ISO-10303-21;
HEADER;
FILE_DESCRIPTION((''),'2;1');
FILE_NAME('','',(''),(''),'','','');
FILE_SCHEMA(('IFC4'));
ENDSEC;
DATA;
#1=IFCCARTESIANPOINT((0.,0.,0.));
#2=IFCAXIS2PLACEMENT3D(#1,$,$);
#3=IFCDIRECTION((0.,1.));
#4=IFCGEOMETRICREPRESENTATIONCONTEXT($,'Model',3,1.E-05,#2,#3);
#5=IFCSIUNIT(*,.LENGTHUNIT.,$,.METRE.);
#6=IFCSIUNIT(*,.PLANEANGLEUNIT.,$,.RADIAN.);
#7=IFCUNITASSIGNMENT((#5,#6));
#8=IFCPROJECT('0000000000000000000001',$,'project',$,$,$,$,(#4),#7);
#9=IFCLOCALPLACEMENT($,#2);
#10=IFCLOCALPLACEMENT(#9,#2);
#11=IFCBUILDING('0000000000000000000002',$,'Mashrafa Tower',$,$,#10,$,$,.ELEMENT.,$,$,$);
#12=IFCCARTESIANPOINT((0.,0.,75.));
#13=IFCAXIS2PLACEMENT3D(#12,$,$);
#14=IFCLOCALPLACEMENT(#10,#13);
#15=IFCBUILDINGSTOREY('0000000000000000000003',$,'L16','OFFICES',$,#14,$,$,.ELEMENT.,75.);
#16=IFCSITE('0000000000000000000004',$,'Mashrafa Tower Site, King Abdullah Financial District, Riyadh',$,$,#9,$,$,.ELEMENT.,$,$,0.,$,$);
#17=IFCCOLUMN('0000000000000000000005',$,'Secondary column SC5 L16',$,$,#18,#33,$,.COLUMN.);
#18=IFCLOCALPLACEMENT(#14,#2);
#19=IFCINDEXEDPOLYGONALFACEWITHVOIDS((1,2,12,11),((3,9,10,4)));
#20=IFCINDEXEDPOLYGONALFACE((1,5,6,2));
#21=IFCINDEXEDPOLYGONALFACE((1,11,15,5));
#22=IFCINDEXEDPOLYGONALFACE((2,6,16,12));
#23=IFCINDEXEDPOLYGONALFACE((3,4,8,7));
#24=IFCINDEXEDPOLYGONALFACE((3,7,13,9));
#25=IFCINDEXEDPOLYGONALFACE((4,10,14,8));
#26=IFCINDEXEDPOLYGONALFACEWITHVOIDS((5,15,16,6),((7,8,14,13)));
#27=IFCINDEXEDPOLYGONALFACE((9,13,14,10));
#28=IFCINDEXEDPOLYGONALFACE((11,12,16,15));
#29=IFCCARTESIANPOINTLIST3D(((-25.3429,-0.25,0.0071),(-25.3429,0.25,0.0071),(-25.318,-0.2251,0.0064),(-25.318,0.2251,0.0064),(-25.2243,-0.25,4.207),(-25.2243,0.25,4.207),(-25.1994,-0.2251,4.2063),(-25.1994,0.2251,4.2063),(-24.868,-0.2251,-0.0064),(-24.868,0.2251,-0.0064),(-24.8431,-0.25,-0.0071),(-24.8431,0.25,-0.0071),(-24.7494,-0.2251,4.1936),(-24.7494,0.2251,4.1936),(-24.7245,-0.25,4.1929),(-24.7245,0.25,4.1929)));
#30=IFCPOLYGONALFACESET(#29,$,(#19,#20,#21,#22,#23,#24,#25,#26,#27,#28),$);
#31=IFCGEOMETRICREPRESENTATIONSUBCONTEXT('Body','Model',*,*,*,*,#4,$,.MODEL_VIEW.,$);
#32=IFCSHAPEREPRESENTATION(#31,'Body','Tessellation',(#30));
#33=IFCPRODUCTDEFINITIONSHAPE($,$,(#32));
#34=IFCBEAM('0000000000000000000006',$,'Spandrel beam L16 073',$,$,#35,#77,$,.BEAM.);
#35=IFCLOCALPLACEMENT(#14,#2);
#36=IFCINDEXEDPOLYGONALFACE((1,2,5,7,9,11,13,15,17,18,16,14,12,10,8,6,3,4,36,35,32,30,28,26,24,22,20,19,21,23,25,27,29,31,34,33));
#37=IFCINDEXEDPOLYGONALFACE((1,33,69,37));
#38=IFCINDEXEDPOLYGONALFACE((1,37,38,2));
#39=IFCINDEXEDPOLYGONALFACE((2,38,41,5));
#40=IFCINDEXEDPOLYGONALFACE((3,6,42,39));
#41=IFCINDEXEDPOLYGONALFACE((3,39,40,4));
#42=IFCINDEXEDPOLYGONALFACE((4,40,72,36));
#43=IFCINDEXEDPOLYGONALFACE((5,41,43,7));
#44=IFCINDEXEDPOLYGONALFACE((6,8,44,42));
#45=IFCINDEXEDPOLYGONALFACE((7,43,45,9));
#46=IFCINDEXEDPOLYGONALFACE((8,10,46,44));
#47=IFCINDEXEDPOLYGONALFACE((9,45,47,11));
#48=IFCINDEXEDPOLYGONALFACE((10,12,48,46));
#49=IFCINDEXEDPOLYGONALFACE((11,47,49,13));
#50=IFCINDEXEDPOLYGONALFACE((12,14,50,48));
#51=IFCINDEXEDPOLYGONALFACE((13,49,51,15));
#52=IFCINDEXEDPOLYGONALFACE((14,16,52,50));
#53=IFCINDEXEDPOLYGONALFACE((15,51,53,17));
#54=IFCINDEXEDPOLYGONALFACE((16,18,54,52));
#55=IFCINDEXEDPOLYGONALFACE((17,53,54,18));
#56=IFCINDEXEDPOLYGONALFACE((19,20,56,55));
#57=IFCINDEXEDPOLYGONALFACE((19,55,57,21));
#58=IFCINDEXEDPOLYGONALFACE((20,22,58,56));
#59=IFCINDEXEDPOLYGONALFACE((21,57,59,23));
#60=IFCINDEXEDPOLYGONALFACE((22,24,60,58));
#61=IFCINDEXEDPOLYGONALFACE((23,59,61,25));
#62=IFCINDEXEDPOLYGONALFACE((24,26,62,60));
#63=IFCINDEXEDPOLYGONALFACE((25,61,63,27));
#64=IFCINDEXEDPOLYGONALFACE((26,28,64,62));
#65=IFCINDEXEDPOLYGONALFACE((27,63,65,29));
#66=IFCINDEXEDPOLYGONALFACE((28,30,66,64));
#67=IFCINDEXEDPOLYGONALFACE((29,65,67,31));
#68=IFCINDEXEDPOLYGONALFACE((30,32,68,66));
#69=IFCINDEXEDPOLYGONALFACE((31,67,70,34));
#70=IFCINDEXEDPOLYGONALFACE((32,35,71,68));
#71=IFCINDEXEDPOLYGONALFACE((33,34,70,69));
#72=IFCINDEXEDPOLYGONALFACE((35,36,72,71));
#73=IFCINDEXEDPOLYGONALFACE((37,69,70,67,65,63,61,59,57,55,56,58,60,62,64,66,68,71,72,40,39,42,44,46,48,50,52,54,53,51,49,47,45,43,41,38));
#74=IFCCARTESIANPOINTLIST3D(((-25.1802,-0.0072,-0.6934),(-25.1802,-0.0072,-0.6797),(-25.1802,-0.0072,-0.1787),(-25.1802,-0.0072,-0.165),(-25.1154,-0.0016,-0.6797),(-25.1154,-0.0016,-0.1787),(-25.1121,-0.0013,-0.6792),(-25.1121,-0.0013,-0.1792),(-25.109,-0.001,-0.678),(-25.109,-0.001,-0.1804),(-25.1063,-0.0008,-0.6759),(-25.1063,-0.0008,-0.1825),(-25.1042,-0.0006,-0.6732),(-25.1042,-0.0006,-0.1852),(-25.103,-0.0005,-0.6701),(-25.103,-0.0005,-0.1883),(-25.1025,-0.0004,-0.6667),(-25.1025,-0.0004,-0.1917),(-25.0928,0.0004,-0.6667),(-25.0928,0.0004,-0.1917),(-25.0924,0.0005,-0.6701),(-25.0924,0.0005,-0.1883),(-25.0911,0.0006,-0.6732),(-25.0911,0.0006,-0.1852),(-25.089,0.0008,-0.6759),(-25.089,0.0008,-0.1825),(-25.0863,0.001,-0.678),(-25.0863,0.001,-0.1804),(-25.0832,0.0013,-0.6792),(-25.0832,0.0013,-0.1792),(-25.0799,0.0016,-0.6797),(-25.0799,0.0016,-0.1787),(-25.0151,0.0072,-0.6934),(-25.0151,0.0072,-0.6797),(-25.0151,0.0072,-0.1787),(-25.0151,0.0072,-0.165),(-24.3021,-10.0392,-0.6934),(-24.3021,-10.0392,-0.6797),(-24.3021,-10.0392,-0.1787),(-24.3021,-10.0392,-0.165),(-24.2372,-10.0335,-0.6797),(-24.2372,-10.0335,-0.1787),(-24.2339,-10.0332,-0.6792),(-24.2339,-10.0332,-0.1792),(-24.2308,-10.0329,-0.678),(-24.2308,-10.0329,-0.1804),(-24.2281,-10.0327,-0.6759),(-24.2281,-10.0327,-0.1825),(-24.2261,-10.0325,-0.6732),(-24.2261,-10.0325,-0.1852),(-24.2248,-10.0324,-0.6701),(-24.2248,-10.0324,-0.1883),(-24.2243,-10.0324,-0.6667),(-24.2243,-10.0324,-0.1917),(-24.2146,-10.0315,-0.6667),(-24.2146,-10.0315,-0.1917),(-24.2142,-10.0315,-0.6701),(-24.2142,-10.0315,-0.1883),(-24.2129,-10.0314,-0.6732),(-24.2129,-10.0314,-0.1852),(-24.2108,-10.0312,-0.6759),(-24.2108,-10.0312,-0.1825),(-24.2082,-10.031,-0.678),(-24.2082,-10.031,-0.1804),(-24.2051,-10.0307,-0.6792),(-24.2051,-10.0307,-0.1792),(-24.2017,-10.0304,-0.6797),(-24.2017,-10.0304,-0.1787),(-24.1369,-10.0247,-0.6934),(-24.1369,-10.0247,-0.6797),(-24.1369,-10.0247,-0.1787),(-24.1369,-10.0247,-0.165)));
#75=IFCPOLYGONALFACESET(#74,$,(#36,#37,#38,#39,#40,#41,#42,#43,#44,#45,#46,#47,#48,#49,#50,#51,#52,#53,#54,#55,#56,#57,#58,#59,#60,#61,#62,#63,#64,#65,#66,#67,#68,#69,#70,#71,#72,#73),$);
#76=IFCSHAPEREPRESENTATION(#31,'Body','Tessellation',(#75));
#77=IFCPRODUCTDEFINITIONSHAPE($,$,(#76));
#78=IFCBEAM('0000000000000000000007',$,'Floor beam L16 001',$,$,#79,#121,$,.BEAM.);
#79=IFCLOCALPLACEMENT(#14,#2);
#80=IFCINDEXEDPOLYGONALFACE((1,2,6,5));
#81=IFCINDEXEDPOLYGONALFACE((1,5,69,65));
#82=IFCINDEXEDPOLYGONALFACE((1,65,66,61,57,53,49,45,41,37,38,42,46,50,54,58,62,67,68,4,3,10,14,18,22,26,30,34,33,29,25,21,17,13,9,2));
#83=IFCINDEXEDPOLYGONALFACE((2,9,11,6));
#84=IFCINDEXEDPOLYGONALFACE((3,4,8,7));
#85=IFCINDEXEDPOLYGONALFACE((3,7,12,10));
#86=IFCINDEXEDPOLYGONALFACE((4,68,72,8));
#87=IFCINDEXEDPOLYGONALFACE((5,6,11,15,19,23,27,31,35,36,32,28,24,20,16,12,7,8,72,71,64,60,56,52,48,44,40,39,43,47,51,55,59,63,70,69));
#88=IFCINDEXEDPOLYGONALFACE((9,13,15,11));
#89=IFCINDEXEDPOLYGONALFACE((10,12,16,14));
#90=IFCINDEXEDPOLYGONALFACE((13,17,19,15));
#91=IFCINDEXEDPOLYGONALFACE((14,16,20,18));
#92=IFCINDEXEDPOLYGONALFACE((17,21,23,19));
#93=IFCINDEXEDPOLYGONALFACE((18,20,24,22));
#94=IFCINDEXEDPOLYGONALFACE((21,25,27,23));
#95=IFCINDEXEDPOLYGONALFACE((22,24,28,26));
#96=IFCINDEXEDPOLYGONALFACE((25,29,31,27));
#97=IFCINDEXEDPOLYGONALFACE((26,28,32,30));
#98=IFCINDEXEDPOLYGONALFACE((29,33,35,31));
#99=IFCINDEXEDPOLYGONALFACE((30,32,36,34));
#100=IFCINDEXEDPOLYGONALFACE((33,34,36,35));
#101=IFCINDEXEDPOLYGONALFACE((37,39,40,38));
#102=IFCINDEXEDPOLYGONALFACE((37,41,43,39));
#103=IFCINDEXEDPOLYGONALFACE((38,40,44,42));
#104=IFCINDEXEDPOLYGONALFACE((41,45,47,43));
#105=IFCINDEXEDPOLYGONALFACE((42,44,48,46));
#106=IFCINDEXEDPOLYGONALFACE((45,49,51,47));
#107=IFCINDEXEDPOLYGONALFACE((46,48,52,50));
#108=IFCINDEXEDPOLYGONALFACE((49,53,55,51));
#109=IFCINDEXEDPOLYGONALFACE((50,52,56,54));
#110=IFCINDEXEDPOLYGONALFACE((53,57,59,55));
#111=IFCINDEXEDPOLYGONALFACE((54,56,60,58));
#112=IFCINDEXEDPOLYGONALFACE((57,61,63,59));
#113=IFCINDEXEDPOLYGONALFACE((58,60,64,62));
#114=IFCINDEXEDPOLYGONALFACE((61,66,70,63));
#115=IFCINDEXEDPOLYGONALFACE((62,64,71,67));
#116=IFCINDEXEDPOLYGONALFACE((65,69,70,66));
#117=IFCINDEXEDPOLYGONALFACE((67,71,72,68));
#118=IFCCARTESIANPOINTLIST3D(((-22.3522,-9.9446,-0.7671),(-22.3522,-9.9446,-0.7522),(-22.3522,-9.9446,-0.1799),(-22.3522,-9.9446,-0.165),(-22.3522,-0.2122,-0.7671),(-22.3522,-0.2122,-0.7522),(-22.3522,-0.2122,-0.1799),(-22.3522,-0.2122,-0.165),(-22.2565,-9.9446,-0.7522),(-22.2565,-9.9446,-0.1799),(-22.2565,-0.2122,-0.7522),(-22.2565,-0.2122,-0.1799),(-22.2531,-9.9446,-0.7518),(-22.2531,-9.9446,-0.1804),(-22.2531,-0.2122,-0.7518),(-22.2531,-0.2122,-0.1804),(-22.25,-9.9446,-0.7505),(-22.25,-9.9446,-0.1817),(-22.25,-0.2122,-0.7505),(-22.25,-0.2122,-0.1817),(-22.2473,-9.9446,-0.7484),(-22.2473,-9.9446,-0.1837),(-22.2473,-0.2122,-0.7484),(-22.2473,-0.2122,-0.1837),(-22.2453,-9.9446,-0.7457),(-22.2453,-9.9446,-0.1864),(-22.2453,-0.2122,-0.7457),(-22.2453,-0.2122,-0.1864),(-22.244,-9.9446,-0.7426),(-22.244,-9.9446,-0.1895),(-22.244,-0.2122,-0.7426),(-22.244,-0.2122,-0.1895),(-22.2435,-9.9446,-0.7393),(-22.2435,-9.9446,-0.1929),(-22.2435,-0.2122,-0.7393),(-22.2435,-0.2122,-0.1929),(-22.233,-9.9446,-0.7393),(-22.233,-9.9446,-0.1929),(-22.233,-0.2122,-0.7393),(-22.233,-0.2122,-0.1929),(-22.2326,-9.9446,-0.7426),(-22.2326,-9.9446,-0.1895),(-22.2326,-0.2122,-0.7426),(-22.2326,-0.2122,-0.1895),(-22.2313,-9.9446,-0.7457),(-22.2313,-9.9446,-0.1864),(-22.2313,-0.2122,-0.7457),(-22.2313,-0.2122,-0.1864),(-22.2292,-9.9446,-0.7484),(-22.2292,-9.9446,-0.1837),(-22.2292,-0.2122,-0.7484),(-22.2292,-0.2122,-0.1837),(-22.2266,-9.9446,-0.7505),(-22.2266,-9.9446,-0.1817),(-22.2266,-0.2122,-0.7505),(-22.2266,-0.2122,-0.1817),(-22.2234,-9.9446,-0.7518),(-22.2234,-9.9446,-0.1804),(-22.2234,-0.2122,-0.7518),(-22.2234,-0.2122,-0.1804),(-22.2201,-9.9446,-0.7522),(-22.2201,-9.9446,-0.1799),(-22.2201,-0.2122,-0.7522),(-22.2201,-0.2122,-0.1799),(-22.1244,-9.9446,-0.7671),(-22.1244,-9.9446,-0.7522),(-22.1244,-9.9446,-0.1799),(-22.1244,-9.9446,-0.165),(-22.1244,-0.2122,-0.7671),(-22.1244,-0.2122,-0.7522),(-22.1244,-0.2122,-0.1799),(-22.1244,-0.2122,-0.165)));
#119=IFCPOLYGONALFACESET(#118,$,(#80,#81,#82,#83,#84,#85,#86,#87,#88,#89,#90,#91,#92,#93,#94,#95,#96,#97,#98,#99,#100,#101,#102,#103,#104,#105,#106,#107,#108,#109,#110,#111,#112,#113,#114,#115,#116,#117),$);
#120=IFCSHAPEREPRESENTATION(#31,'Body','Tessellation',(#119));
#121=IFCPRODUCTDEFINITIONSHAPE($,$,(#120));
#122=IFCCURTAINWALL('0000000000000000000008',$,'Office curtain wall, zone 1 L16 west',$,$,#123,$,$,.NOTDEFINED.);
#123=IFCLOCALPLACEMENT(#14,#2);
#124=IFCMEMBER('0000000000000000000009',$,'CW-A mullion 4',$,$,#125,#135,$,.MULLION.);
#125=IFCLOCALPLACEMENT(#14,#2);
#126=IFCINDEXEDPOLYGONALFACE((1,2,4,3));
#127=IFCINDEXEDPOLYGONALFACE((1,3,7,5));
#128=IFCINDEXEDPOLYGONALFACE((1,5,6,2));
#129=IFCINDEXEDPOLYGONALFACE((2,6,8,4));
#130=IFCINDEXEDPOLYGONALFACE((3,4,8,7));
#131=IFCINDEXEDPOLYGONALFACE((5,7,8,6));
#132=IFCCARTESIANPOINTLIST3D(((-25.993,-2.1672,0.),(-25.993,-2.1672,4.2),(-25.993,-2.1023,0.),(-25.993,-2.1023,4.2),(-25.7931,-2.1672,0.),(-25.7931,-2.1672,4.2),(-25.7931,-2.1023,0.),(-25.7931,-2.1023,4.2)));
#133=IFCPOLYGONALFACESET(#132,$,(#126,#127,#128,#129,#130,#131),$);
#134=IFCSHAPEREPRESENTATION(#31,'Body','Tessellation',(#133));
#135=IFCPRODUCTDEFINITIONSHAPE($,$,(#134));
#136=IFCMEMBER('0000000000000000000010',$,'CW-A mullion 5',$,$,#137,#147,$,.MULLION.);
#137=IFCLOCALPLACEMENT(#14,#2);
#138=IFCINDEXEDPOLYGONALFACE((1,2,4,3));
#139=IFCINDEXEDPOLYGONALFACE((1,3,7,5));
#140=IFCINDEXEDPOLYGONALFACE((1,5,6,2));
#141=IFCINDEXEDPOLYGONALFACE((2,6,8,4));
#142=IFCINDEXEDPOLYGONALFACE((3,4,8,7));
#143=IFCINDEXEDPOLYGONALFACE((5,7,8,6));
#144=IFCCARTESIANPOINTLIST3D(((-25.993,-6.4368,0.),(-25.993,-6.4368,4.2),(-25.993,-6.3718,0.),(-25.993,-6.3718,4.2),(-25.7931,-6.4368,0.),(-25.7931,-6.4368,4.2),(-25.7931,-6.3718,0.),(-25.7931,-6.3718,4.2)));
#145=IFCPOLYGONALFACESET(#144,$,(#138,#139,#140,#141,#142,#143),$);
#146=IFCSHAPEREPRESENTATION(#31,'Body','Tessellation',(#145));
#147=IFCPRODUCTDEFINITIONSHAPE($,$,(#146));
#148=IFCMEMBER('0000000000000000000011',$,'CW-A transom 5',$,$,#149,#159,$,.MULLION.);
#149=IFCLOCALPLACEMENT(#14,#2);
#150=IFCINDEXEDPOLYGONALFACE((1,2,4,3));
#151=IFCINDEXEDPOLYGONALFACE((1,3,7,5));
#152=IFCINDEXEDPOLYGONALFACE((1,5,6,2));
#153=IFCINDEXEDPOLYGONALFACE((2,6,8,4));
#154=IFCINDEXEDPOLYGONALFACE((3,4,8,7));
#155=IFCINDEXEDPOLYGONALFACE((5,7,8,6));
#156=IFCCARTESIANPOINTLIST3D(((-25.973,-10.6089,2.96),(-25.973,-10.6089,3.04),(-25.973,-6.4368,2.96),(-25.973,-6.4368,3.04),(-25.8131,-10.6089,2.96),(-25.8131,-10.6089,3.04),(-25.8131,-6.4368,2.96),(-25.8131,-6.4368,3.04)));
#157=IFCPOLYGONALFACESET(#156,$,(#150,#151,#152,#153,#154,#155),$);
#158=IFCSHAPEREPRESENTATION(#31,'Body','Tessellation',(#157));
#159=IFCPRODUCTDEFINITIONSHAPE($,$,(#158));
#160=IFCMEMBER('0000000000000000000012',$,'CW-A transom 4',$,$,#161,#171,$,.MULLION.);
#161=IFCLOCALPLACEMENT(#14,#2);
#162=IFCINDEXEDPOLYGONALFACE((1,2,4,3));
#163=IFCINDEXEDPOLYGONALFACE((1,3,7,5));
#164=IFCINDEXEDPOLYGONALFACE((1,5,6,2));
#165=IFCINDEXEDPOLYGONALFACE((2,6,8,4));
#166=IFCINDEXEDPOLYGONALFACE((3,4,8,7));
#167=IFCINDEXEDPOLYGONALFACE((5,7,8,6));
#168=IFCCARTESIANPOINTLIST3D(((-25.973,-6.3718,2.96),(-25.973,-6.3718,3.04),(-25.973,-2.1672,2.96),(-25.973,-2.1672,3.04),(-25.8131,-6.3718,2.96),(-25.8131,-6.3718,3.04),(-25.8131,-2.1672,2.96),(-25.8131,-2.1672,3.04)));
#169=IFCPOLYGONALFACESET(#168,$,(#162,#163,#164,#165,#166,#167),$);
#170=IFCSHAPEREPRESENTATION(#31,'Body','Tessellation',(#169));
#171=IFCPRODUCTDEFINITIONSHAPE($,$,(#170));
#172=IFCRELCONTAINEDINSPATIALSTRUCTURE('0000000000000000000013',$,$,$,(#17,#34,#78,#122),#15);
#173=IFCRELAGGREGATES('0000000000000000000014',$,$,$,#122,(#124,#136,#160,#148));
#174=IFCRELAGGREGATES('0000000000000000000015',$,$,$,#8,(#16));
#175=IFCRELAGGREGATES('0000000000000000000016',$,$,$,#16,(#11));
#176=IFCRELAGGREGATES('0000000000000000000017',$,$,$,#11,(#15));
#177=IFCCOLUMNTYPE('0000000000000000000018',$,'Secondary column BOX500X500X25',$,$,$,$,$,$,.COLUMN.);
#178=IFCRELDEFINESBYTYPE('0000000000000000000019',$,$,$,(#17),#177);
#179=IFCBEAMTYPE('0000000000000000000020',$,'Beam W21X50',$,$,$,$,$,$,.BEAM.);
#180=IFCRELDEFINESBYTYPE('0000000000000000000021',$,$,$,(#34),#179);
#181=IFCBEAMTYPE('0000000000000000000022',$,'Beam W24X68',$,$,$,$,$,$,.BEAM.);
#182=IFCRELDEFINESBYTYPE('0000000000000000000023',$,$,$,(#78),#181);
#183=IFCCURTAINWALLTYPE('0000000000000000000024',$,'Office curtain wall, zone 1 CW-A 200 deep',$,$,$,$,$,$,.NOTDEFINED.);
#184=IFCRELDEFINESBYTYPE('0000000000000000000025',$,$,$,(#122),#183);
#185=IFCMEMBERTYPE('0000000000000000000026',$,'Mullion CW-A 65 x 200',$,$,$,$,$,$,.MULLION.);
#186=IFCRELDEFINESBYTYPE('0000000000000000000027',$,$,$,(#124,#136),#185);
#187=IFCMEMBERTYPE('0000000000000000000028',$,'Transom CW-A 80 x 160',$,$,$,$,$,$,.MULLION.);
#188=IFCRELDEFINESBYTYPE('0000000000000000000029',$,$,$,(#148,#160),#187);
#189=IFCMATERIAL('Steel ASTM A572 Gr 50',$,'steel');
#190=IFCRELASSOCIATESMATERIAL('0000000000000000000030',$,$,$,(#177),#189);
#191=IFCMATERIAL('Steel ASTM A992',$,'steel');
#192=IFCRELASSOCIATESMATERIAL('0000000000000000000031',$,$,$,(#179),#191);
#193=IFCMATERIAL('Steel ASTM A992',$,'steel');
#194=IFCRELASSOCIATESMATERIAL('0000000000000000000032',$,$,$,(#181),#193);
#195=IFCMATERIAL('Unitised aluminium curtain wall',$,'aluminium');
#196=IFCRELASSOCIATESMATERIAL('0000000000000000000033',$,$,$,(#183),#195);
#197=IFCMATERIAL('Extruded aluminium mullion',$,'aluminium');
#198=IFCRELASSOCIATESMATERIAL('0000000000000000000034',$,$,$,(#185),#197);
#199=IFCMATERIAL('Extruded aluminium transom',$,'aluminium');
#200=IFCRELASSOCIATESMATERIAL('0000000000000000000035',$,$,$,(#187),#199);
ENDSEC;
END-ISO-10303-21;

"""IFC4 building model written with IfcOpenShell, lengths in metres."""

from ifc_helpers import new_model, si_unit, direction, frame, origin, origin_2d, place, context, subcontext, project, spatial, rectangle, hollow_rectangle, i_section, extrude, source, transform, mapped, material, material_profile, profile_set, type_object, type_shapes, element, aggregate, save


model = new_model("IFC4")

# Units and contexts
model_context = context("Model", 3, precision=1e-05, world=origin(), true_north=direction((0.0, 1.0)))
body_context = subcontext(model_context, "Body", "Model", "MODEL_VIEW")
ifc_project = project(units=[si_unit("LENGTHUNIT", "METRE"), si_unit("PLANEANGLEUNIT", "RADIAN")], contexts=[model_context])

# Site, building, storey
site_placement = place(None, origin())
site = spatial("IfcSite", under=ifc_project, at=site_placement, Name="Mashrafa Tower Site, King Abdullah Financial District, Riyadh", CompositionType="ELEMENT", RefElevation=0.0)
building_placement = place(site_placement, origin())
building = spatial("IfcBuilding", under=site, at=building_placement, Name="Mashrafa Tower", CompositionType="ELEMENT")
storey_placement = place(building_placement, frame((0.0, 0.0, 75.0)))
storey = spatial("IfcBuildingStorey", under=building, at=storey_placement, Name="L16", Description="OFFICES", CompositionType="ELEMENT", Elevation=75.0)

# Column
ifc_material_1 = material(Name="Steel ASTM A572 Gr 50", Category="steel")
ifc_material_profile_1 = material_profile(ifc_material_1, hollow_rectangle(XDim=0.5, YDim=0.5, WallThickness=0.0249, at=origin_2d()), Name="BOX500X500X25")
ifc_profile_set_1 = profile_set([ifc_material_profile_1], Name="Steel ASTM A572 Gr 50")
column_type = type_object("IfcColumnType", Name="Secondary column BOX500X500X25", PredefinedType="COLUMN", material=ifc_profile_set_1)
column_placement = place(storey_placement, frame((-25.093, 0.0, 0.0), z_axis=(0.02824, 0.0, 0.999601), x_axis=(0.0, 1.0, 0.0)))
element("IfcColumn", 1, at=column_placement, inside=storey, type_object=column_type, Name="Secondary column SC5 L16", PredefinedType="COLUMN", context=body_context, shape_type="SweptSolid", body=[
    extrude(hollow_rectangle(XDim=0.5, YDim=0.5, WallThickness=0.0249, at=origin_2d()), origin(), (0.0, 0.0, 1.0), 4.2017),
])

# Beams
ifc_material_2 = material(Name="Steel ASTM A992", Category="steel")
ifc_material_profile_2 = material_profile(ifc_material_2, i_section(OverallWidth=0.1658, OverallDepth=0.5283, WebThickness=0.0098, FlangeThickness=0.0137, FilletRadius=0.0129, at=origin_2d()), Name="W21X50")
ifc_profile_set_2 = profile_set([ifc_material_profile_2], Name="Steel ASTM A992")
beam_type_1 = type_object("IfcBeamType", Name="Beam W21X50", PredefinedType="BEAM", material=ifc_profile_set_2)
beam_1_placement = place(storey_placement, frame((-25.0977, 0.0, -0.4292), z_axis=(0.087204, -0.99619, 0.0), x_axis=(0.99619, 0.087204, 0.0)))
element("IfcBeam", 2, at=beam_1_placement, inside=storey, type_object=beam_type_1, Name="Spandrel beam L16 073", PredefinedType="BEAM", context=body_context, shape_type="SweptSolid", body=[
    extrude(i_section(OverallWidth=0.1658, OverallDepth=0.5283, WebThickness=0.0098, FlangeThickness=0.0137, FilletRadius=0.0129, at=origin_2d()), origin(), (0.0, 0.0, 1.0), 10.0703),
])
ifc_material_3 = material(Name="Steel ASTM A992", Category="steel")
ifc_material_profile_3 = material_profile(ifc_material_3, i_section(OverallWidth=0.2278, OverallDepth=0.6021, WebThickness=0.0105, FlangeThickness=0.0149, FilletRadius=0.0129, at=origin_2d()), Name="W24X68")
ifc_profile_set_3 = profile_set([ifc_material_profile_3], Name="Steel ASTM A992")
beam_type_2 = type_object("IfcBeamType", Name="Beam W24X68", PredefinedType="BEAM", material=ifc_profile_set_3)
beam_2_placement = place(storey_placement, frame((-22.2383, -9.9446, -0.4661), z_axis=(0.0, 1.0, 0.0), x_axis=(-1.0, 0.0, 0.0)))
element("IfcBeam", 3, at=beam_2_placement, inside=storey, type_object=beam_type_2, Name="Floor beam L16 001", PredefinedType="BEAM", context=body_context, shape_type="SweptSolid", body=[
    extrude(i_section(OverallWidth=0.2278, OverallDepth=0.6021, WebThickness=0.0105, FlangeThickness=0.0149, FilletRadius=0.0129, at=origin_2d()), origin(), (0.0, 0.0, 1.0), 9.7324),
])

# Curtain wall, members
ifc_material_4 = material(Name="Unitised aluminium curtain wall", Category="aluminium")
curtain_wall_type = type_object("IfcCurtainWallType", Name="Office curtain wall, zone 1 CW-A 200 deep", PredefinedType="NOTDEFINED", material=ifc_material_4)
curtain_wall_placement = place(storey_placement, origin())
curtain_wall = element("IfcCurtainWall", 4, at=curtain_wall_placement, inside=storey, type_object=curtain_wall_type, Name="Office curtain wall, zone 1 L16 west", PredefinedType="NOTDEFINED")
ifc_material_5 = material(Name="Extruded aluminium mullion", Category="aluminium")
ifc_material_profile_4 = material_profile(ifc_material_5, rectangle(XDim=0.2, YDim=0.0649, at=origin_2d()), Name="Mullion 65x200")
ifc_profile_set_4 = profile_set([ifc_material_profile_4], Name="Extruded aluminium mullion")
member_type_1 = type_object("IfcMemberType", Name="Mullion CW-A 65 x 200", PredefinedType="MULLION", material=ifc_profile_set_4)
shared_shape_1 = source(origin(), body_context, "Body", "SweptSolid", [
    extrude(rectangle(XDim=0.2, YDim=0.0649, at=origin_2d()), origin(), (0.0, 0.0, 1.0), 4.2),
])
type_shapes(member_type_1, [shared_shape_1])
member_1_placement = place(storey_placement, frame((-25.8931, -2.1348, 0.0), z_axis=(0.0, 0.0, 1.0), x_axis=(1.0, 0.0, 0.0)))
member_1 = element("IfcMember", 5, at=member_1_placement, type_object=member_type_1, Name="CW-A mullion 4", PredefinedType="MULLION", context=body_context, shape_type="MappedRepresentation", body=[
    mapped(shared_shape_1, transform((0.0, 0.0, 0.0))),
])
member_2_placement = place(storey_placement, frame((-25.8931, -6.4043, 0.0), z_axis=(0.0, 0.0, 1.0), x_axis=(1.0, 0.0, 0.0)))
member_2 = element("IfcMember", 6, at=member_2_placement, type_object=member_type_1, Name="CW-A mullion 5", PredefinedType="MULLION", context=body_context, shape_type="MappedRepresentation", body=[
    mapped(shared_shape_1, transform((0.0, 0.0, 0.0))),
])
ifc_material_6 = material(Name="Extruded aluminium transom", Category="aluminium")
ifc_material_profile_5 = material_profile(ifc_material_6, rectangle(XDim=0.1599, YDim=0.0801, at=origin_2d()), Name="Transom 80x160")
ifc_profile_set_5 = profile_set([ifc_material_profile_5], Name="Extruded aluminium transom")
member_type_2 = type_object("IfcMemberType", Name="Transom CW-A 80 x 160", PredefinedType="MULLION", material=ifc_profile_set_5)
shared_shape_2 = source(origin(), body_context, "Body", "SweptSolid", [
    extrude(rectangle(XDim=0.1599, YDim=0.0801, at=origin_2d()), origin(), (0.0, 0.0, 1.0), 4.1721),
])
member_3_placement = place(storey_placement, frame((-25.8931, -6.4368, 3.0), z_axis=(0.0, -1.0, 0.0), x_axis=(1.0, 0.0, 0.0)))
member_3 = element("IfcMember", 7, at=member_3_placement, type_object=member_type_2, Name="CW-A transom 5", PredefinedType="MULLION", context=body_context, shape_type="MappedRepresentation", body=[
    mapped(shared_shape_2, transform((0.0, 0.0, 0.0))),
])
shared_shape_3 = source(origin(), body_context, "Body", "SweptSolid", [
    extrude(rectangle(XDim=0.1599, YDim=0.0801, at=origin_2d()), origin(), (0.0, 0.0, 1.0), 4.2046),
])
type_shapes(member_type_2, [shared_shape_2, shared_shape_3])
member_4_placement = place(storey_placement, frame((-25.8931, -2.1672, 3.0), z_axis=(0.0, -1.0, 0.0), x_axis=(1.0, 0.0, 0.0)))
member_4 = element("IfcMember", 8, at=member_4_placement, type_object=member_type_2, Name="CW-A transom 4", PredefinedType="MULLION", context=body_context, shape_type="MappedRepresentation", body=[
    mapped(shared_shape_3, transform((0.0, 0.0, 0.0))),
])
aggregate(curtain_wall, [member_1, member_2, member_4, member_3])

save(model, "model.ifc")
